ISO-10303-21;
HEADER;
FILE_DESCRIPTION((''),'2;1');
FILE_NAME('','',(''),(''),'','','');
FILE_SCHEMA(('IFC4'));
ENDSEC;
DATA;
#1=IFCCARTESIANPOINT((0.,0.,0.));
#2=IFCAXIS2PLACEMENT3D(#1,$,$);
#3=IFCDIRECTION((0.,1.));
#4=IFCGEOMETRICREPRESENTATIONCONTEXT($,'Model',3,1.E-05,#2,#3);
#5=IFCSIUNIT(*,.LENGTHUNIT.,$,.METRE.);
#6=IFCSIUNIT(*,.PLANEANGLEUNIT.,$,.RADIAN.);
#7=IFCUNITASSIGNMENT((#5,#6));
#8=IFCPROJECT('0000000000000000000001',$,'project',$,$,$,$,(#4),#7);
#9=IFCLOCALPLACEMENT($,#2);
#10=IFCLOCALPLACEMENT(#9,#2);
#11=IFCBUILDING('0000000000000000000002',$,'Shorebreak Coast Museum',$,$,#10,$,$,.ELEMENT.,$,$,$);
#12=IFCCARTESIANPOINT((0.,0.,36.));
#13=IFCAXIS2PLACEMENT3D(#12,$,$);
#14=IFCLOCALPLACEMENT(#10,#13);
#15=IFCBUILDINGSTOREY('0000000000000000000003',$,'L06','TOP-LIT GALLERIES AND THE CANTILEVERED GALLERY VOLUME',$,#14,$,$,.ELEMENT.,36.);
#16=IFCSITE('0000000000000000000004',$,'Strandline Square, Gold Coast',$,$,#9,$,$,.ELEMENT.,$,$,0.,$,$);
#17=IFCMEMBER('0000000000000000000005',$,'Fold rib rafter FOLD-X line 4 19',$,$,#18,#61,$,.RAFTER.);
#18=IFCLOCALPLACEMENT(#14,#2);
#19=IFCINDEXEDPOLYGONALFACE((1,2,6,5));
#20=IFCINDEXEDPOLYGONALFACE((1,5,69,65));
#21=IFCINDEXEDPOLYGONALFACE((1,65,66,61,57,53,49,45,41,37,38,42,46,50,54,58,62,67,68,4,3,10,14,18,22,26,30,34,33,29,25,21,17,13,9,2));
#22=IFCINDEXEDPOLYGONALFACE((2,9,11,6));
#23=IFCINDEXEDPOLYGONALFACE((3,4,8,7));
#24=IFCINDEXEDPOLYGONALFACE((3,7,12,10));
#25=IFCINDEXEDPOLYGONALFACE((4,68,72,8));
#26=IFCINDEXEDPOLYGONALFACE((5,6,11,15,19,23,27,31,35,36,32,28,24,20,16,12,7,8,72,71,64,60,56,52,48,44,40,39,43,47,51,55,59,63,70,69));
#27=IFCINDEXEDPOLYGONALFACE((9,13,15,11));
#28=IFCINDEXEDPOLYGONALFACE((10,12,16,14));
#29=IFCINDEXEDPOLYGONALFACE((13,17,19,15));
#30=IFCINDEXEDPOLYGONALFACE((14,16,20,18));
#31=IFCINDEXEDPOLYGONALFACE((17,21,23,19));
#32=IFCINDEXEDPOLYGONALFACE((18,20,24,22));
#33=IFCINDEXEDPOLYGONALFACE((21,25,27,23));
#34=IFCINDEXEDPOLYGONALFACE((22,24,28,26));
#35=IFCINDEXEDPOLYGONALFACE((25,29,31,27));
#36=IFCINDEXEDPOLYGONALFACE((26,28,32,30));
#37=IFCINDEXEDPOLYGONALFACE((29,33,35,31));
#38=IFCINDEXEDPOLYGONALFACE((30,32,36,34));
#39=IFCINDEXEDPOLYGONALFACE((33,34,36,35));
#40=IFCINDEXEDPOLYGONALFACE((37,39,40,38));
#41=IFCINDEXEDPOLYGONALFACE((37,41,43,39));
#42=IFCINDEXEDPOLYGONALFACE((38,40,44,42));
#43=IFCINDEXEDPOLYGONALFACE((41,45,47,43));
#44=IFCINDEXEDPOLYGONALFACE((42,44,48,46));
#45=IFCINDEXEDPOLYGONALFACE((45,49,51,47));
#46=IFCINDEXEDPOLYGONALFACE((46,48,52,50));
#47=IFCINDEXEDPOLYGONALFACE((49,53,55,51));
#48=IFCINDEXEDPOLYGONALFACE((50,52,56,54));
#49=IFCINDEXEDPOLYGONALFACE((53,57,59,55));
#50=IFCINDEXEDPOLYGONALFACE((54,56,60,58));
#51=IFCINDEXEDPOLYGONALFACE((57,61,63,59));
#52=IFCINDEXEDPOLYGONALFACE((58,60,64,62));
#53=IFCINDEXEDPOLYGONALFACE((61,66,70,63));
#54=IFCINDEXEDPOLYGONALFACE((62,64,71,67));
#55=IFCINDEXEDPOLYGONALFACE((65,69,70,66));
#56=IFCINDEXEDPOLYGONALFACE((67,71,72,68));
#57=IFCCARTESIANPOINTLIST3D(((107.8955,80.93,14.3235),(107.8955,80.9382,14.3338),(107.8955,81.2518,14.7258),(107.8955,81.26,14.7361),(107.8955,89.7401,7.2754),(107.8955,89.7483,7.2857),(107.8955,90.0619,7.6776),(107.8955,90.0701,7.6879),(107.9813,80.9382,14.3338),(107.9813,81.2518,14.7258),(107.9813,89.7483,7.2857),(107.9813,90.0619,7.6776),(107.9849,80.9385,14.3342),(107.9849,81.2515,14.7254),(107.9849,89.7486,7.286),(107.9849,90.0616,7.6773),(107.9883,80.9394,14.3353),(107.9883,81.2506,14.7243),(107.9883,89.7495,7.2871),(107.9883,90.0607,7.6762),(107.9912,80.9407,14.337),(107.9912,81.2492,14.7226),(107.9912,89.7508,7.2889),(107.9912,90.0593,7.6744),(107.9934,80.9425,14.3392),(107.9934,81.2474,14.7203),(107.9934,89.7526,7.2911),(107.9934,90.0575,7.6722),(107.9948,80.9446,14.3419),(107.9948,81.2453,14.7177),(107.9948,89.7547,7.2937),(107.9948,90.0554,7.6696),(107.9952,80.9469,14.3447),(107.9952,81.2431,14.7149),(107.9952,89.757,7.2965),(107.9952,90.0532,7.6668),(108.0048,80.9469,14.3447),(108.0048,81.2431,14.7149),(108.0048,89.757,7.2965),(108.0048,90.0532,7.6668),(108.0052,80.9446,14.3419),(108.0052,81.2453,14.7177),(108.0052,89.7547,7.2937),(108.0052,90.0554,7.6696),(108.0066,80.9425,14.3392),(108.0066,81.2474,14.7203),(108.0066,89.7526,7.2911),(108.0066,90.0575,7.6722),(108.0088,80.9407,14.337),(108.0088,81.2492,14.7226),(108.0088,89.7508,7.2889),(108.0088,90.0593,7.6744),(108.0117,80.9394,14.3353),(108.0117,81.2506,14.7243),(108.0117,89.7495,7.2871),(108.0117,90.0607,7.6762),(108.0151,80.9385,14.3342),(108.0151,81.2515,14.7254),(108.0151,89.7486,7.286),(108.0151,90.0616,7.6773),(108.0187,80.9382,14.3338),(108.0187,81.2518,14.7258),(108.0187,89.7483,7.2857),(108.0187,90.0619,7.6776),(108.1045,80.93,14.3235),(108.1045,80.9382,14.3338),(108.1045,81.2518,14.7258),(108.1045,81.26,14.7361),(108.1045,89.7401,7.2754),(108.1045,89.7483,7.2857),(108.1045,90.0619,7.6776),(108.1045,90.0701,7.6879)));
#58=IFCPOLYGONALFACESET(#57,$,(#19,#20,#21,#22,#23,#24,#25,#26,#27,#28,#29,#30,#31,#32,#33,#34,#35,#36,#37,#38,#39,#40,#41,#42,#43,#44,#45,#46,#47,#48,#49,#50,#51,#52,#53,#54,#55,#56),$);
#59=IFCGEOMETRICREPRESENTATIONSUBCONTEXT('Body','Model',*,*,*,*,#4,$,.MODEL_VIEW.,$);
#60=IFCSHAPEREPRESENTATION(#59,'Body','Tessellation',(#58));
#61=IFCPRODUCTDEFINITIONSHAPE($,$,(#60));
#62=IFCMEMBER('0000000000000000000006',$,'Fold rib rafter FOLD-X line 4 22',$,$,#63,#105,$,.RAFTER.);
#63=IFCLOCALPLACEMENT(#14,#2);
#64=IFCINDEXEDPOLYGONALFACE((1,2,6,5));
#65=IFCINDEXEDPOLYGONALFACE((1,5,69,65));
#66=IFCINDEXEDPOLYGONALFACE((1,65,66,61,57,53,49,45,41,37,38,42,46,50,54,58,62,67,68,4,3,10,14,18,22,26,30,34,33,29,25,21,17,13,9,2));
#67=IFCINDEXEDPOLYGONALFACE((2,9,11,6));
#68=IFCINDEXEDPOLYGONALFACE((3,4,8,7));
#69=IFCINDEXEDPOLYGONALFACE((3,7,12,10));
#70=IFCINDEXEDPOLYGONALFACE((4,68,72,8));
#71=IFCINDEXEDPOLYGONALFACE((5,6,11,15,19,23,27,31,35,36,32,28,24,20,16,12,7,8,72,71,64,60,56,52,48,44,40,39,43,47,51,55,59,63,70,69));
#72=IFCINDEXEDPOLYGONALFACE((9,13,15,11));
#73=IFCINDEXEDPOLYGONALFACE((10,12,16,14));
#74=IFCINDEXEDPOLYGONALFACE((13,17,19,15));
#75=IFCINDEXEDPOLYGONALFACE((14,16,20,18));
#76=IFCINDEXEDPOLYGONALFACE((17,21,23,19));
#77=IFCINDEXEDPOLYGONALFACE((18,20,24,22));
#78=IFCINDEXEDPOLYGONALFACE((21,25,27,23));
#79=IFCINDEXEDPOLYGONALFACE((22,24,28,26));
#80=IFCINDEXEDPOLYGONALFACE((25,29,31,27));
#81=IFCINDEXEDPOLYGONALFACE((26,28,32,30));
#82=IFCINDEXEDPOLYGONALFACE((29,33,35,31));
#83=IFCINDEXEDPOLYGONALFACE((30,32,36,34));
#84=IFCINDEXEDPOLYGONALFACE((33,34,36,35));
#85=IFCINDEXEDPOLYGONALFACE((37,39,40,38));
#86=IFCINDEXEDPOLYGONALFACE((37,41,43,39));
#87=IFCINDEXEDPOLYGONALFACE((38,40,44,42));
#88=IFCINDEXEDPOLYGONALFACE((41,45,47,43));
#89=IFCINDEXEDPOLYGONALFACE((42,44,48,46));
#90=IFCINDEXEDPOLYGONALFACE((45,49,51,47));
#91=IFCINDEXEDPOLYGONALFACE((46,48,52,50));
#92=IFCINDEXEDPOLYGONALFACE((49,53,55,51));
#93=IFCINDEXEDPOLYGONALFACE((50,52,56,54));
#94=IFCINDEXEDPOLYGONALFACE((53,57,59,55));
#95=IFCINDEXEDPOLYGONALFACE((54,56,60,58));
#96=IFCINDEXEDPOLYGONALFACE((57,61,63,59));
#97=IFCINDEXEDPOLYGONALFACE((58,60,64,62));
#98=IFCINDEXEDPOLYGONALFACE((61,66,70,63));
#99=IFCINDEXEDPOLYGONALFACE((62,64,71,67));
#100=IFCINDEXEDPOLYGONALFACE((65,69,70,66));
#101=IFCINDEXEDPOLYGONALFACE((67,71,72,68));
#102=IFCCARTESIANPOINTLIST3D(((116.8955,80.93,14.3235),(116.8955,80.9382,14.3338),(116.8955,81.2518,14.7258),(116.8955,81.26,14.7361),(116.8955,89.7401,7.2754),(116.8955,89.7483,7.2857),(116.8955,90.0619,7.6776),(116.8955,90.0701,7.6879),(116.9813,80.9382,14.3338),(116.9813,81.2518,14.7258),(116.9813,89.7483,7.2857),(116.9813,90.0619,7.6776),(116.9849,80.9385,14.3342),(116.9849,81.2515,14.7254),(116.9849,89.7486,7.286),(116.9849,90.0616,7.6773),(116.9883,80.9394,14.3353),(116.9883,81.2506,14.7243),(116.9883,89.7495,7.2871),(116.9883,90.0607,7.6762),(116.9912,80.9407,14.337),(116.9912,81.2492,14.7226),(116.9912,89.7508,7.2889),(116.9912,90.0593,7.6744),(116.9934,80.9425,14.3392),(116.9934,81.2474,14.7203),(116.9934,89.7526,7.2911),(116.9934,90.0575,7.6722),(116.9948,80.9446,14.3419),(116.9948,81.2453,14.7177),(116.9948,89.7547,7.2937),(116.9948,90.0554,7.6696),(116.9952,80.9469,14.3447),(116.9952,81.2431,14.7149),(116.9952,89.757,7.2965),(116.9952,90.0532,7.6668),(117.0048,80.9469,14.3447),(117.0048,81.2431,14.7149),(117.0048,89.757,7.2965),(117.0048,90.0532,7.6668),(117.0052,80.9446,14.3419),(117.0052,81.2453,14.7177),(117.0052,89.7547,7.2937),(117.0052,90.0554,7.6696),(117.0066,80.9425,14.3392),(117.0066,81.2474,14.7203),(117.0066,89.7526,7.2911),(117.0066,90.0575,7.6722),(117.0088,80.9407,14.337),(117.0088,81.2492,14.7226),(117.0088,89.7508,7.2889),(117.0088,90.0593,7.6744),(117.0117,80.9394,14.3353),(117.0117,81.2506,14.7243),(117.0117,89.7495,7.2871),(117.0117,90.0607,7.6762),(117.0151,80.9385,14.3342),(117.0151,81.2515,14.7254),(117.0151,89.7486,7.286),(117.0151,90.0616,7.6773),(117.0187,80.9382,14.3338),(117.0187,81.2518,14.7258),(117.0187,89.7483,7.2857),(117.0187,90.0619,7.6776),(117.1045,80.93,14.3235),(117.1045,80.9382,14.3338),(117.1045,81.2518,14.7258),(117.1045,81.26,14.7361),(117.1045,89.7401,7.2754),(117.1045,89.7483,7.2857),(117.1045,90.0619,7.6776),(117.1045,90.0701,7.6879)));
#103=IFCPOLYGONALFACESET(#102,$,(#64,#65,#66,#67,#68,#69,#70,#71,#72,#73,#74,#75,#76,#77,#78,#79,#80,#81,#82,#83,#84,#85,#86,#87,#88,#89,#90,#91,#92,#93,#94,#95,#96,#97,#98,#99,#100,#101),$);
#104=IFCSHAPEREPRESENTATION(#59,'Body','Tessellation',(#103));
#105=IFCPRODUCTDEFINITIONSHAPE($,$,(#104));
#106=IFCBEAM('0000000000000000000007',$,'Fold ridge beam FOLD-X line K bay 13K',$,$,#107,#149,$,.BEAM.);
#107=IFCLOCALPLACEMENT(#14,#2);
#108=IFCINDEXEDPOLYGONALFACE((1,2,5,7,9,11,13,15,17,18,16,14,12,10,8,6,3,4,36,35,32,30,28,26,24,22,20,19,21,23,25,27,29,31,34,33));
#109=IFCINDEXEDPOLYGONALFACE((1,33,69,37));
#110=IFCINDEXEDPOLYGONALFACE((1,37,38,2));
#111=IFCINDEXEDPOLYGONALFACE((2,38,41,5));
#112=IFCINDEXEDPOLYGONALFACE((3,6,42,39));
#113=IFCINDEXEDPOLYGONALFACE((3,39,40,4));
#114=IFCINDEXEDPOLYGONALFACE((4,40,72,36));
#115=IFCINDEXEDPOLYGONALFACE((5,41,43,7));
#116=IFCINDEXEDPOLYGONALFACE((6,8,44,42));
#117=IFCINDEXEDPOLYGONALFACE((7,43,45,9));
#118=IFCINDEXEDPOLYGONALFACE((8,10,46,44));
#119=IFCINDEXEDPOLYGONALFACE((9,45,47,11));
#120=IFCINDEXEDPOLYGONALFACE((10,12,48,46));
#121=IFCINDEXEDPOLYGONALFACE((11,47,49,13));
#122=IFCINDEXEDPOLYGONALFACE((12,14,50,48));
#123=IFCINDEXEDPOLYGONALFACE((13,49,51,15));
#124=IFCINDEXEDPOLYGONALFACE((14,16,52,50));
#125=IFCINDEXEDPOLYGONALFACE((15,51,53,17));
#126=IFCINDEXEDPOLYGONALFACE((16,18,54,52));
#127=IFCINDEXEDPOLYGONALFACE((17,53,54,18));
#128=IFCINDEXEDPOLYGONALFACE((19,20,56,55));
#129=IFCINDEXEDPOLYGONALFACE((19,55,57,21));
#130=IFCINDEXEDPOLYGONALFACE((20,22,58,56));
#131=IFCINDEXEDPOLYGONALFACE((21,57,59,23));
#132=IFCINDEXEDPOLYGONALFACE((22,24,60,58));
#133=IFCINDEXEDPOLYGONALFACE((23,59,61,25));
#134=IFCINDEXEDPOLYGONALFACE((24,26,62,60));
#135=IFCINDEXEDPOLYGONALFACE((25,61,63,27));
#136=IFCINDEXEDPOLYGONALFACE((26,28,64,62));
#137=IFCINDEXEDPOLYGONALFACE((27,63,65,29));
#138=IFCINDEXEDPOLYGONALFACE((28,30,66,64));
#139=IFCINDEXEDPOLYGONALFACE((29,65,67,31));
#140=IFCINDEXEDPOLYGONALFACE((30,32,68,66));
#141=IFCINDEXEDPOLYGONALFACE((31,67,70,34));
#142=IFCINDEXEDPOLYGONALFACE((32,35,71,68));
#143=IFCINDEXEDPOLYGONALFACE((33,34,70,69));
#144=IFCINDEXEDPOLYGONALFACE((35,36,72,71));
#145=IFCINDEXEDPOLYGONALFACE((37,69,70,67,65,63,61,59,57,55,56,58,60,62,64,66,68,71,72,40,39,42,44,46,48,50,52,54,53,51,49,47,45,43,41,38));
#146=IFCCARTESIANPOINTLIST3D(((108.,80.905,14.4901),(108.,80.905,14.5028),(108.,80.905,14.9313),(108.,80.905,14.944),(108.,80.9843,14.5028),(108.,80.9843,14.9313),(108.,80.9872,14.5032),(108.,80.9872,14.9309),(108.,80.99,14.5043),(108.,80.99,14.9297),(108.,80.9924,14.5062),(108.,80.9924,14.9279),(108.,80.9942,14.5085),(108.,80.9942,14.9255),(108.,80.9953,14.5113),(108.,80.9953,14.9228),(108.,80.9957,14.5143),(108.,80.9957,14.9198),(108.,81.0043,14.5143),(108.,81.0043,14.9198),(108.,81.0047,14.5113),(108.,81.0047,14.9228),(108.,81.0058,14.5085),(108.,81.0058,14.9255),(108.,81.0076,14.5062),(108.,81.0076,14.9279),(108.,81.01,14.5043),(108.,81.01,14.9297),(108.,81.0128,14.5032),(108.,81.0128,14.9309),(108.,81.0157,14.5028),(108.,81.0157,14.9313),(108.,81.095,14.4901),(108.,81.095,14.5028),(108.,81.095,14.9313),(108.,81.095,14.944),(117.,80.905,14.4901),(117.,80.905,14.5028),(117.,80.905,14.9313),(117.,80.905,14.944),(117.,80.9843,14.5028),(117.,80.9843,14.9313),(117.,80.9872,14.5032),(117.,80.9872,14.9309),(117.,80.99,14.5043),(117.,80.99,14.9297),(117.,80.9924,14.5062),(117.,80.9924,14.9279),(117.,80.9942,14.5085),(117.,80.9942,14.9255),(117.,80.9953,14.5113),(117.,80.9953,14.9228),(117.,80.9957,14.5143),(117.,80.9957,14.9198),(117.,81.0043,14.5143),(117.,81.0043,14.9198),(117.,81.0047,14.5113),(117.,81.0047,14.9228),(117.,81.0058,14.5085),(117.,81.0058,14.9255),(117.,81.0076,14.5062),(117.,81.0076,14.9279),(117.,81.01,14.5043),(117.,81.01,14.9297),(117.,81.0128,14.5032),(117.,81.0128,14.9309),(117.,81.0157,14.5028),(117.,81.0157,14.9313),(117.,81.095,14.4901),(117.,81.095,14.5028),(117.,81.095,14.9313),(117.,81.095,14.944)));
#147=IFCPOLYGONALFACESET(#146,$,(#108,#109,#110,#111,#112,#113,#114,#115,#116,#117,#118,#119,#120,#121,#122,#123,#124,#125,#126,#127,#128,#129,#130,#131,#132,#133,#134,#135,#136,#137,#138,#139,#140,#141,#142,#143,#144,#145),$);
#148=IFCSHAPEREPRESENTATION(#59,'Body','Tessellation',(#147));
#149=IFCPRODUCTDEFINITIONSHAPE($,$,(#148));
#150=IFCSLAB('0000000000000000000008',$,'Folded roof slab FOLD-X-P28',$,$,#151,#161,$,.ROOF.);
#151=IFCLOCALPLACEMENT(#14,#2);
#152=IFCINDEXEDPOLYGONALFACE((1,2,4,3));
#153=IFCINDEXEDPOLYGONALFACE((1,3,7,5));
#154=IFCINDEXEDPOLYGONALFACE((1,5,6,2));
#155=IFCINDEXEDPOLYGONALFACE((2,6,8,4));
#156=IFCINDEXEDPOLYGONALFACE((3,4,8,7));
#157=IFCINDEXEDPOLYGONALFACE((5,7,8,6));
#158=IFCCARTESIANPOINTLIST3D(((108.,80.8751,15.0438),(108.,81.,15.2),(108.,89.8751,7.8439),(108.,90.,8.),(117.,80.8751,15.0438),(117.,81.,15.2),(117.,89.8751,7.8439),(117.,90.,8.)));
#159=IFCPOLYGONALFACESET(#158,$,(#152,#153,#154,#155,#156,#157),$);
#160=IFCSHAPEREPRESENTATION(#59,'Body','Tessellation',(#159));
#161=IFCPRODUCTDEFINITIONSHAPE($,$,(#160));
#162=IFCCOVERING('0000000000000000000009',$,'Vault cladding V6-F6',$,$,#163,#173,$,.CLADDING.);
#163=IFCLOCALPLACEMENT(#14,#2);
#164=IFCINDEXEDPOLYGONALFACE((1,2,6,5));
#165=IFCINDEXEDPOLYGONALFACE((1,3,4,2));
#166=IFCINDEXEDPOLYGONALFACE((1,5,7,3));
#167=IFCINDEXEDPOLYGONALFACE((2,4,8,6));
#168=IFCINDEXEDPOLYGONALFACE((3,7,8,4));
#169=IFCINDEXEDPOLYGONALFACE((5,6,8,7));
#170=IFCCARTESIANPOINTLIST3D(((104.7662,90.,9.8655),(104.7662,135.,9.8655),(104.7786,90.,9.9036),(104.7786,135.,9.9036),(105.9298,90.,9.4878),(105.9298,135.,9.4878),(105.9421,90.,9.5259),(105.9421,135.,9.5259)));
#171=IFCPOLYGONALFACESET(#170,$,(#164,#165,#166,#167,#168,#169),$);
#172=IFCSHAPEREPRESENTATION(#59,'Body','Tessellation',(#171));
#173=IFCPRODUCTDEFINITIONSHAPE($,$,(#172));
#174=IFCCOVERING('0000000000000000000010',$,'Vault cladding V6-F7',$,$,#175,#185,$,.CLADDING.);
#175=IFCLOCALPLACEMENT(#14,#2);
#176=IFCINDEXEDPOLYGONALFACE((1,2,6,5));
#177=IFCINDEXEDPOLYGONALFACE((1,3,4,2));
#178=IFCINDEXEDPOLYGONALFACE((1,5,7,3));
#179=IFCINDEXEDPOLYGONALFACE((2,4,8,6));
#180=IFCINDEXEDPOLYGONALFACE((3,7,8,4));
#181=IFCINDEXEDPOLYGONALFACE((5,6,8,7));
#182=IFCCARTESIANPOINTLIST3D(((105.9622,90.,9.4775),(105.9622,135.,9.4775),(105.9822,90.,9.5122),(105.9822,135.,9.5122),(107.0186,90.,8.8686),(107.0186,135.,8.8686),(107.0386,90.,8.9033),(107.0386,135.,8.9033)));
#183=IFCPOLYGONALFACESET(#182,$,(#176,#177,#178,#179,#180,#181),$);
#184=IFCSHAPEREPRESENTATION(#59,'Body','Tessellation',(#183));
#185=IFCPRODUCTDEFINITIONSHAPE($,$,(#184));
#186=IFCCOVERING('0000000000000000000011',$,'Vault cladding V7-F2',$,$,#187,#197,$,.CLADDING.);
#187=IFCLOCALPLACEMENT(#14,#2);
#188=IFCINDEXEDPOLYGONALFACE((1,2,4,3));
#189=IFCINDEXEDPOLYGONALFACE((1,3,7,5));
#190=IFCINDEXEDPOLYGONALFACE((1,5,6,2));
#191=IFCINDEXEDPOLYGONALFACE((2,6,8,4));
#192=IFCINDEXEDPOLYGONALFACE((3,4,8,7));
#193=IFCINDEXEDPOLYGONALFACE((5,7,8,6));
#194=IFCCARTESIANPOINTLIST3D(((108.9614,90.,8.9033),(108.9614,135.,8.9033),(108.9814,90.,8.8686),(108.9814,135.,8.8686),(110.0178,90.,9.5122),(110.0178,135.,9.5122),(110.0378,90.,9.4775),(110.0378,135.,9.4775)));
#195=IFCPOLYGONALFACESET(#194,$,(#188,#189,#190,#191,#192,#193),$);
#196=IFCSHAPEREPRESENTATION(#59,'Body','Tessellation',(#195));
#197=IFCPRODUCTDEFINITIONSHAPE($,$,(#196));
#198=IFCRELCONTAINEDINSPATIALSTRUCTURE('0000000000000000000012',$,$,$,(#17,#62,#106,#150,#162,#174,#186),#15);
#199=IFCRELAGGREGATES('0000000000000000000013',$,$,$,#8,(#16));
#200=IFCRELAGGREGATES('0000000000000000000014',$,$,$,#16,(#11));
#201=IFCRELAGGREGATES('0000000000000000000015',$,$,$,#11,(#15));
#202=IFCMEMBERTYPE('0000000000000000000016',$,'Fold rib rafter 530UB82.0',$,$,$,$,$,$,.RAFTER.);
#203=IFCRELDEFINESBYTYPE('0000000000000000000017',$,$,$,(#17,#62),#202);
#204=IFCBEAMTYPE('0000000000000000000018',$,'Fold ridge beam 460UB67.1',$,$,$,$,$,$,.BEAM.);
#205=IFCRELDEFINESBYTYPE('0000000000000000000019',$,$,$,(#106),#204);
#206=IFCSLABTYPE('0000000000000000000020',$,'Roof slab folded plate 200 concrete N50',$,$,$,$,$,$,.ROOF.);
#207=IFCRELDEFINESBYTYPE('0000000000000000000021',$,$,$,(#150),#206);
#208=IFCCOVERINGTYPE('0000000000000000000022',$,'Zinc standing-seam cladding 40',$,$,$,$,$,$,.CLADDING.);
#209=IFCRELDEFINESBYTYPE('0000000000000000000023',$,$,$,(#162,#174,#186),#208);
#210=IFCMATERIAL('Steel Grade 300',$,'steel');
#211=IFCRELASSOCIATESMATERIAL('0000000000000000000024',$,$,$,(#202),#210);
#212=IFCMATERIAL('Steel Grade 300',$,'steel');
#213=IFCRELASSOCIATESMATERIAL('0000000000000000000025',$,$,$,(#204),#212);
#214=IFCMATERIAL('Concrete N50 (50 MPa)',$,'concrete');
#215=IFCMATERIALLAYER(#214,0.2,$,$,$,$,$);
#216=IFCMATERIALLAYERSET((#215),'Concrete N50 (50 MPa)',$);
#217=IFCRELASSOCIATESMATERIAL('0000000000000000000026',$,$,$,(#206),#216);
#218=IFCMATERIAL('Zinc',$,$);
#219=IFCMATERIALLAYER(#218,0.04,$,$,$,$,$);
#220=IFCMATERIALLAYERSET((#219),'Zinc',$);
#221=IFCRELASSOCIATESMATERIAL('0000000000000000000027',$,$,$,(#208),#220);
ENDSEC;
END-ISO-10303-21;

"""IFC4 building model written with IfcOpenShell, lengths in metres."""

from ifc_helpers import new_model, si_unit, direction, frame, origin, origin_2d, place, context, subcontext, project, spatial, polyline, i_section, outline, extrude, material, layer, layer_set, material_profile, profile_set, type_object, element, save


model = new_model("IFC4")

# Units and contexts
model_context = context("Model", 3, precision=1e-05, world=origin(), true_north=direction((0.0, 1.0)))
body_context = subcontext(model_context, "Body", "Model", "MODEL_VIEW")
ifc_project = project(units=[si_unit("LENGTHUNIT", "METRE"), si_unit("PLANEANGLEUNIT", "RADIAN")], contexts=[model_context])

# Site, building, storey
site_placement = place(None, origin())
site = spatial("IfcSite", under=ifc_project, at=site_placement, Name="Strandline Square, Gold Coast", CompositionType="ELEMENT", RefElevation=0.0)
building_placement = place(site_placement, origin())
building = spatial("IfcBuilding", under=site, at=building_placement, Name="Shorebreak Coast Museum", CompositionType="ELEMENT")
storey_placement = place(building_placement, frame((0.0, 0.0, 36.0)))
storey = spatial("IfcBuildingStorey", under=building, at=storey_placement, Name="L06", Description="TOP-LIT GALLERIES AND THE CANTILEVERED GALLERY VOLUME", CompositionType="ELEMENT", Elevation=36.0)

# Members
ifc_material_1 = material(Name="Steel Grade 300", Category="steel")
ifc_material_profile_1 = material_profile(ifc_material_1, i_section(OverallWidth=0.209, OverallDepth=0.5283, WebThickness=0.0095, FlangeThickness=0.0132, FilletRadius=0.0139, at=origin_2d()), Name="530UB82.0")
ifc_profile_set_1 = profile_set([ifc_material_profile_1], Name="Steel Grade 300")
member_type_1 = type_object("IfcMemberType", Name="Fold rib rafter 530UB82.0", PredefinedType="RAFTER", material=ifc_profile_set_1)
for number, where, z_axis, x_axis, name in (
    (1, (108.0, 81.095, 14.5298), (0.0, 0.780867, -0.624698), (-1.0, 0.0, 0.0), "Fold rib rafter FOLD-X line 4 19"),
    (2, (117.0, 81.095, 14.5298), (0.0, 0.780867, -0.624698), (-1.0, 0.0, 0.0), "Fold rib rafter FOLD-X line 4 22"),
):
    element("IfcMember", number, at=place(storey_placement, frame(where, z_axis=z_axis, x_axis=x_axis)), inside=storey, type_object=member_type_1, Name=name, PredefinedType="RAFTER", context=body_context, shape_type="SweptSolid", body=[
        extrude(i_section(OverallWidth=0.209, OverallDepth=0.5283, WebThickness=0.0095, FlangeThickness=0.0132, FilletRadius=0.0139, at=origin_2d()), origin(), (0.0, 0.0, 1.0), 11.2825),
    ])

# Beam
ifc_material_2 = material(Name="Steel Grade 300", Category="steel")
ifc_material_profile_2 = material_profile(ifc_material_2, i_section(OverallWidth=0.1899, OverallDepth=0.4539, WebThickness=0.0085, FlangeThickness=0.0127, FilletRadius=0.0115, at=origin_2d()), Name="460UB67.1")
ifc_profile_set_2 = profile_set([ifc_material_profile_2], Name="Steel Grade 300")
beam_type = type_object("IfcBeamType", Name="Fold ridge beam 460UB67.1", PredefinedType="BEAM", material=ifc_profile_set_2)
beam_placement = place(storey_placement, frame((108.0, 81.0, 14.717), z_axis=(1.0, 0.0, 0.0), x_axis=(0.0, 1.0, 0.0)))
element("IfcBeam", 3, at=beam_placement, inside=storey, type_object=beam_type, Name="Fold ridge beam FOLD-X line K bay 13K", PredefinedType="BEAM", context=body_context, shape_type="SweptSolid", body=[
    extrude(i_section(OverallWidth=0.1899, OverallDepth=0.4539, WebThickness=0.0085, FlangeThickness=0.0127, FilletRadius=0.0115, at=origin_2d()), origin(), (0.0, 0.0, 1.0), 9.0),
])

# Slab
ifc_material_3 = material(Name="Concrete N50 (50 MPa)", Category="concrete")
ifc_layer_1 = layer(ifc_material_3, 0.2)
ifc_layer_set_1 = layer_set([ifc_layer_1], Name="Concrete N50 (50 MPa)")
slab_type = type_object("IfcSlabType", Name="Roof slab folded plate 200 concrete N50", PredefinedType="ROOF", material=ifc_layer_set_1)
slab_placement = place(storey_placement, frame((108.0, 81.0, 15.2), z_axis=(0.0, 0.624692, 0.780871), x_axis=(1.0, 0.0, 0.0)))
element("IfcSlab", 4, at=slab_placement, inside=storey, type_object=slab_type, Name="Folded roof slab FOLD-X-P28", PredefinedType="ROOF", context=body_context, shape_type="SweptSolid", body=[
    extrude(outline(polyline([(0.0, 0.0), (9.0, 0.0), (9.0, 11.5256), (0.0, 11.5256), (0.0, 0.0)])), origin(), (0.0, 0.0, -1.0), 0.2),
])

# Coverings
ifc_material_4 = material(Name="Zinc")
ifc_layer_2 = layer(ifc_material_4, 0.04)
ifc_layer_set_2 = layer_set([ifc_layer_2], Name="Zinc")
covering_type_1 = type_object("IfcCoveringType", Name="Zinc standing-seam cladding 40", PredefinedType="CLADDING", material=ifc_layer_set_2)
covering_1_placement = place(storey_placement, frame((104.7786, 90.0, 9.9036), z_axis=(0.308734, 0.0, 0.951148), x_axis=(0.951148, 0.0, -0.308734)))
element("IfcCovering", 5, at=covering_1_placement, inside=storey, type_object=covering_type_1, Name="Vault cladding V6-F6", PredefinedType="CLADDING", context=body_context, shape_type="SweptSolid", body=[
    extrude(outline(polyline([(0.0, 0.0), (1.2233, 0.0), (1.2233, 45.0), (0.0, 45.0), (0.0, 0.0)])), origin(), (0.0, 0.0, -1.0), 0.04),
])
for number, where, z_axis, x_axis, name in (
    (6, (105.9822, 90.0, 9.5122), (0.49937, 0.0, 0.866389), (0.866389, 0.0, -0.49937), "Vault cladding V6-F7"),
    (7, (108.9614, 90.0, 8.9033), (-0.49937, 0.0, 0.866389), (0.866389, 0.0, 0.49937), "Vault cladding V7-F2"),
):
    element("IfcCovering", number, at=place(storey_placement, frame(where, z_axis=z_axis, x_axis=x_axis)), inside=storey, type_object=covering_type_1, Name=name, PredefinedType="CLADDING", context=body_context, shape_type="SweptSolid", body=[
        extrude(outline(polyline([(0.0, 0.0), (1.2193, 0.0), (1.2193, 45.0), (0.0, 45.0), (0.0, 0.0)])), origin(), (0.0, 0.0, -1.0), 0.04),
    ])

save(model, "model.ifc")
